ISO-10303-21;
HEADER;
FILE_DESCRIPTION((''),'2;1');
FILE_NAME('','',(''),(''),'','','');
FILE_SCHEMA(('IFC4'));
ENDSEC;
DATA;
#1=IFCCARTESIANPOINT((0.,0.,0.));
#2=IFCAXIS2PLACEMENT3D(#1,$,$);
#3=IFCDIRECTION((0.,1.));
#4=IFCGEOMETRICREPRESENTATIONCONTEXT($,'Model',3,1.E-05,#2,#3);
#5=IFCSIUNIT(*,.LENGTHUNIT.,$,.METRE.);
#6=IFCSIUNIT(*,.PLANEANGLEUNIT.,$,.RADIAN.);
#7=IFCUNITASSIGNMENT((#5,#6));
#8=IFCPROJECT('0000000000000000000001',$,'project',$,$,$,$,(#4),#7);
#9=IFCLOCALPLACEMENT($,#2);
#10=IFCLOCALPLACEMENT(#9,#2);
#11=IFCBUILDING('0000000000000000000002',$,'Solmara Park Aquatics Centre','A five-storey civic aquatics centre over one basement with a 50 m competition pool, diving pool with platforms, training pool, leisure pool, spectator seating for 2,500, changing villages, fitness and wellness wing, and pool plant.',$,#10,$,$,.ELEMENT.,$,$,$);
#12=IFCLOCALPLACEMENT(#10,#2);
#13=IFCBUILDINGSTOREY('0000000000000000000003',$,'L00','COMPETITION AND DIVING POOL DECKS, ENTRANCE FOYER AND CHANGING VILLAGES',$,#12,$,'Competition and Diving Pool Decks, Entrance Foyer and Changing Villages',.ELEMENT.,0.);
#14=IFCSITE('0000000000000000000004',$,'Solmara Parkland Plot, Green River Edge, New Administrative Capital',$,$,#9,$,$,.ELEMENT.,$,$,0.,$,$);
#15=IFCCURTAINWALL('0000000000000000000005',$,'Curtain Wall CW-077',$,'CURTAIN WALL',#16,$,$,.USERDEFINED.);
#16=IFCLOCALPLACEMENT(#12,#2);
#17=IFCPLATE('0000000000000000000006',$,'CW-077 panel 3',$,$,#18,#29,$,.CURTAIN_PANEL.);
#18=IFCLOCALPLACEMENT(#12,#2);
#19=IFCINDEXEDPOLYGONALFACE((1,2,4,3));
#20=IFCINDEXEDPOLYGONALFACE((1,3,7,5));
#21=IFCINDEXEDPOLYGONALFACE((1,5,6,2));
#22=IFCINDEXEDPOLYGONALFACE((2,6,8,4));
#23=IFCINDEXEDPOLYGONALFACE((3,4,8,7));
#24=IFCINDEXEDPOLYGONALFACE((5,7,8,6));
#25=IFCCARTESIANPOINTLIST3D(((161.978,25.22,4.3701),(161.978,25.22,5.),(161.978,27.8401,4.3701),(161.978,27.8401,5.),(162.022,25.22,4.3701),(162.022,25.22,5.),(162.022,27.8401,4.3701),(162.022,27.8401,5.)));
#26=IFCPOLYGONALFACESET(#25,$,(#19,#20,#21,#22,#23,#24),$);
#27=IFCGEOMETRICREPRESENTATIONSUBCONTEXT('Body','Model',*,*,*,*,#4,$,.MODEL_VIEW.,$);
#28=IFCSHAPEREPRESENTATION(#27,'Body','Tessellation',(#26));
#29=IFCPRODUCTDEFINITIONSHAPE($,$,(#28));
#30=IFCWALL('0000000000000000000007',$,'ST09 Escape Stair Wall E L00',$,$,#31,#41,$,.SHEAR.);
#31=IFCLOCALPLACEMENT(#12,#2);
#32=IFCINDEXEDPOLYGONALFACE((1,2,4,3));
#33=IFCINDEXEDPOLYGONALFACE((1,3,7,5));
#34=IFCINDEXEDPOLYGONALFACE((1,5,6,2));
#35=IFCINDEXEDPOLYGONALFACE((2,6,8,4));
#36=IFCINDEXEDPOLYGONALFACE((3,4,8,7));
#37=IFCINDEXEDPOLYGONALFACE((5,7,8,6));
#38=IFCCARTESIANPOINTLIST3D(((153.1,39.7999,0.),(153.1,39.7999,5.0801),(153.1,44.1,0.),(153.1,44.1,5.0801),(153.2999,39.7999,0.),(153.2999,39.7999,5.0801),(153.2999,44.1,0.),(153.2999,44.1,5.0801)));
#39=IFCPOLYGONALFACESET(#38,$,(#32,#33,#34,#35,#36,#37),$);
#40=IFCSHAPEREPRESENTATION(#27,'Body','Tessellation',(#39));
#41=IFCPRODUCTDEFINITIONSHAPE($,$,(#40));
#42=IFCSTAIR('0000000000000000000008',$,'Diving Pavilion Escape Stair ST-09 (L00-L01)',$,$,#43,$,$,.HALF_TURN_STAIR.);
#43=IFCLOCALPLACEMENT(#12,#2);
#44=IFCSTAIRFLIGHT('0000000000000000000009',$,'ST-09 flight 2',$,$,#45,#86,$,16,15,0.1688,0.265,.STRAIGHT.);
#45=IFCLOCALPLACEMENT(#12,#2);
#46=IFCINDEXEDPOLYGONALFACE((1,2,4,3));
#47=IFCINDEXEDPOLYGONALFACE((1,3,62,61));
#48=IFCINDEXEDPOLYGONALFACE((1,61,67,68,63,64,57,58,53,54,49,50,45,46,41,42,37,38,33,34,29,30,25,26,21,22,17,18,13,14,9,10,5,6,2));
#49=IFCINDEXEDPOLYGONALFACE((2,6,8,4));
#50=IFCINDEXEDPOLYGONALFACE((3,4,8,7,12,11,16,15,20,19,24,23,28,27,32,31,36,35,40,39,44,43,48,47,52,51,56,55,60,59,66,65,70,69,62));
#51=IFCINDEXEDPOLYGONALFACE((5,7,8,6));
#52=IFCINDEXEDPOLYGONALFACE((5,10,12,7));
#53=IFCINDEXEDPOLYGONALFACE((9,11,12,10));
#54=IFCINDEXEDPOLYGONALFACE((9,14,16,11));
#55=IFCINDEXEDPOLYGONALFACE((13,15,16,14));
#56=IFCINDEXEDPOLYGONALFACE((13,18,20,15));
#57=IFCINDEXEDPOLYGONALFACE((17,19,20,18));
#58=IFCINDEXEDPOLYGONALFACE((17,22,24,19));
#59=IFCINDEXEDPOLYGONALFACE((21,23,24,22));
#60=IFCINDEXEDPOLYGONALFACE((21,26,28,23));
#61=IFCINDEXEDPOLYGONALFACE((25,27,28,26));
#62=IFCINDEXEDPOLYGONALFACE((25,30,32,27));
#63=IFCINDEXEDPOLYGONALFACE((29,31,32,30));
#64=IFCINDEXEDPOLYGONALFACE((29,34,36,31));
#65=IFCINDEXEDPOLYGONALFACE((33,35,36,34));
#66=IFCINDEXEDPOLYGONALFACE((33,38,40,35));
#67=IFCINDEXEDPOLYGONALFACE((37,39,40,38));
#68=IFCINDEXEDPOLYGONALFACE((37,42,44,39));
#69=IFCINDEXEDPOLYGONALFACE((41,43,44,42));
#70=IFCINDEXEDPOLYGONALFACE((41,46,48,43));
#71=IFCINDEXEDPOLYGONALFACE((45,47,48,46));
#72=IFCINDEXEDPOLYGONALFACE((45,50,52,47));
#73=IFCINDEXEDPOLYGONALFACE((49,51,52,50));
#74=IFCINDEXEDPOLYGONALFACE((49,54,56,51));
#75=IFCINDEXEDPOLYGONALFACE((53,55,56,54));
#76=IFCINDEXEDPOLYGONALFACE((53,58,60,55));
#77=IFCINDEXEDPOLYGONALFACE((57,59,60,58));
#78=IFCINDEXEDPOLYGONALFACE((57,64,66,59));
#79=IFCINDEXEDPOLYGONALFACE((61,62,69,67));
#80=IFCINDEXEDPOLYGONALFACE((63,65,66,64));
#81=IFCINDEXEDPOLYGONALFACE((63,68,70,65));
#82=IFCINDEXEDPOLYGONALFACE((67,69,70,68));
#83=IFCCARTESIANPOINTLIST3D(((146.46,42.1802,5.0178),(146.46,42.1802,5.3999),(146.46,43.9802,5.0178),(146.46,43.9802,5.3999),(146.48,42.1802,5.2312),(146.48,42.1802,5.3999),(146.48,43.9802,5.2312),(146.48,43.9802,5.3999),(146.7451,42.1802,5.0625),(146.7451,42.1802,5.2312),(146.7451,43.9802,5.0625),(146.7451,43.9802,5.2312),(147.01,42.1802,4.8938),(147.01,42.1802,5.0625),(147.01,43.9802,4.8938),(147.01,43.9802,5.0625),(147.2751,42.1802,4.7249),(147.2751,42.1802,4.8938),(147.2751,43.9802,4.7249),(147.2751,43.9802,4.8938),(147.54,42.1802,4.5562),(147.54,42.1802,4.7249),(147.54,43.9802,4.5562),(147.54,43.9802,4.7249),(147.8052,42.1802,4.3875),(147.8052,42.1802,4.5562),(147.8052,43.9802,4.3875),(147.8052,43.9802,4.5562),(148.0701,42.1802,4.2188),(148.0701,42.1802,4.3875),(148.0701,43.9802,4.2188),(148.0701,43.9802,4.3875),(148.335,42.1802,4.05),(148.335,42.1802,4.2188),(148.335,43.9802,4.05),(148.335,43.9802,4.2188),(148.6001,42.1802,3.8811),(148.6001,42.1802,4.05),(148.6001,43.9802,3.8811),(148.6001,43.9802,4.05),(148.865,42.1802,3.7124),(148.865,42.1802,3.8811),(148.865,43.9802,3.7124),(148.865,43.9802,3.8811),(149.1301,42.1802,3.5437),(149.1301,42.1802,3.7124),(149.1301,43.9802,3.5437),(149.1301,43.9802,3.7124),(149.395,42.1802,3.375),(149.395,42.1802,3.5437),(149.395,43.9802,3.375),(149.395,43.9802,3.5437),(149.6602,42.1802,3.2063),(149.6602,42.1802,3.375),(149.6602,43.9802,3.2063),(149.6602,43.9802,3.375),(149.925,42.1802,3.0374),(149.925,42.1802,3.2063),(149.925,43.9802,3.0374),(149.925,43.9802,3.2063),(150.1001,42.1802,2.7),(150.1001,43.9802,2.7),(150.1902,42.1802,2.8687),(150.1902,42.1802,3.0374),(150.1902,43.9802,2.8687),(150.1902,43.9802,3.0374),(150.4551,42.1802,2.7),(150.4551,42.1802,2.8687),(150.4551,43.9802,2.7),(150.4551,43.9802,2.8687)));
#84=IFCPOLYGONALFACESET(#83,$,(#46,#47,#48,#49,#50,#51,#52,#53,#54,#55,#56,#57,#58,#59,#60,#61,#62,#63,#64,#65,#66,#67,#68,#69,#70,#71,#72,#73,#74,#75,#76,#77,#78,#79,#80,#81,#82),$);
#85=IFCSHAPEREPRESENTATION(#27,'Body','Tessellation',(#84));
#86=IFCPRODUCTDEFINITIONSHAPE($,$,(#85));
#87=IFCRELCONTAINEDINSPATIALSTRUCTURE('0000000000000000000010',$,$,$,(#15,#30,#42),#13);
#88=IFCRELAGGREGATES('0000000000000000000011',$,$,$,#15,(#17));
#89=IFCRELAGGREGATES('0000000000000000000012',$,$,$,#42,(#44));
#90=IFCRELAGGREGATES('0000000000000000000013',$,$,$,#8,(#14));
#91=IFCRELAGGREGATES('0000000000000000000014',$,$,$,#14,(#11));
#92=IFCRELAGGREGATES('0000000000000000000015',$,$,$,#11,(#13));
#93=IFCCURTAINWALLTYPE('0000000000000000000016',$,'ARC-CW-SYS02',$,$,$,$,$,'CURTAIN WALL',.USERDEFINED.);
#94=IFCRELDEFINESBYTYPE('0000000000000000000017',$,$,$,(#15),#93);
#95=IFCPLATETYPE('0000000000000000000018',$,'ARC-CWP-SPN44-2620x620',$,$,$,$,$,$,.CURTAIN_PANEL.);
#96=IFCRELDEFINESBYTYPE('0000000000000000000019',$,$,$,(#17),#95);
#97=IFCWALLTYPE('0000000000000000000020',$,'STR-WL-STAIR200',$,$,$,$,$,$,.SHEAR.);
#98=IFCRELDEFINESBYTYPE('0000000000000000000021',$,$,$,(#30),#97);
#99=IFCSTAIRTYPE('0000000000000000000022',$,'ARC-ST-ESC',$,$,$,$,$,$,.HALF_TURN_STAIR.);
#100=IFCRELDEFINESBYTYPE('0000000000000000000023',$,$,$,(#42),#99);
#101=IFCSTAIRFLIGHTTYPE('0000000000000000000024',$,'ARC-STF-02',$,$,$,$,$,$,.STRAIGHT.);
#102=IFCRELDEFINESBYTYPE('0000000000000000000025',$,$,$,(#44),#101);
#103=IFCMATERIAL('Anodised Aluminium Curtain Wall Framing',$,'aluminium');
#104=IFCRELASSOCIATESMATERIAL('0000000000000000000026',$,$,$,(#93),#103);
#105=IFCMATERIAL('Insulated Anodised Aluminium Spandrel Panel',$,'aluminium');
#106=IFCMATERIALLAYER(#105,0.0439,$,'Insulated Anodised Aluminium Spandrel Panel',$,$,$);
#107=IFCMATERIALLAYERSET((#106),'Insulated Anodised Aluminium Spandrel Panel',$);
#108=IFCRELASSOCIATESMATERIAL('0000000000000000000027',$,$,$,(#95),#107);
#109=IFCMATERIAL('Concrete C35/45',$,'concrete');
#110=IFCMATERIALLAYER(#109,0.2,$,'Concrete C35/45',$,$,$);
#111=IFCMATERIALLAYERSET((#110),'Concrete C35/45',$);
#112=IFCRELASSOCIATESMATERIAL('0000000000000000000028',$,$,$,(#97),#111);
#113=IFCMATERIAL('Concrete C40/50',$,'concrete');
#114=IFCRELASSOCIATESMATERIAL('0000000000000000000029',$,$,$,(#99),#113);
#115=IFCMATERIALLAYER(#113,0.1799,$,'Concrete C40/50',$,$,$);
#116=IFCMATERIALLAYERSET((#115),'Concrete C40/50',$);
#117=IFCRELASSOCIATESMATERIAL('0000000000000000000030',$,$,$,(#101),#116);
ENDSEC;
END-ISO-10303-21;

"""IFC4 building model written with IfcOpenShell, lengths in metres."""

from ifc_helpers import new_model, si_unit, direction, frame, frame_2d, origin, origin_2d, place, context, subcontext, project, spatial, polyline, rectangle, outline, extrude, material, layer, layer_set, type_object, element, aggregate, save


model = new_model("IFC4")

# Units and contexts
model_context = context("Model", 3, precision=1e-05, world=origin(), true_north=direction((0.0, 1.0)))
body_context = subcontext(model_context, "Body", "Model", "MODEL_VIEW")
ifc_project = project(units=[si_unit("LENGTHUNIT", "METRE"), si_unit("PLANEANGLEUNIT", "RADIAN")], contexts=[model_context])

# Site, building, storey
site_placement = place(None, origin())
site = spatial("IfcSite", under=ifc_project, at=site_placement, Name="Solmara Parkland Plot, Green River Edge, New Administrative Capital", CompositionType="ELEMENT", RefElevation=0.0)
building_placement = place(site_placement, origin())
building = spatial("IfcBuilding", under=site, at=building_placement, Name="Solmara Park Aquatics Centre", Description="A five-storey civic aquatics centre over one basement with a 50 m competition pool, diving pool with platforms, training pool, leisure pool, spectator seating for 2,500, changing villages, fitness and wellness wing, and pool plant.", CompositionType="ELEMENT")
storey_placement = place(building_placement, origin())
storey = spatial("IfcBuildingStorey", under=building, at=storey_placement, Name="L00", Description="COMPETITION AND DIVING POOL DECKS, ENTRANCE FOYER AND CHANGING VILLAGES", LongName="Competition and Diving Pool Decks, Entrance Foyer and Changing Villages", CompositionType="ELEMENT", Elevation=0.0)

# Shared definitions
ifc_material_1 = material(Name="Concrete C40/50", Category="concrete")

# Curtain wall
ifc_material_2 = material(Name="Anodised Aluminium Curtain Wall Framing", Category="aluminium")
curtain_wall_type = type_object("IfcCurtainWallType", Name="ARC-CW-SYS02", ElementType="CURTAIN WALL", PredefinedType="USERDEFINED", material=ifc_material_2)
curtain_wall_1_placement = place(storey_placement, origin())
curtain_wall_1 = element("IfcCurtainWall", 1, at=curtain_wall_1_placement, inside=storey, type_object=curtain_wall_type, Name="Curtain Wall CW-077", ObjectType="CURTAIN WALL", PredefinedType="USERDEFINED")

# Plate
ifc_material_3 = material(Name="Insulated Anodised Aluminium Spandrel Panel", Category="aluminium")
ifc_layer_1 = layer(ifc_material_3, 0.0439, Name="Insulated Anodised Aluminium Spandrel Panel")
ifc_layer_set_1 = layer_set([ifc_layer_1], Name="Insulated Anodised Aluminium Spandrel Panel")
plate_type_1 = type_object("IfcPlateType", Name="ARC-CWP-SPN44-2620x620", PredefinedType="CURTAIN_PANEL", material=ifc_layer_set_1)
plate_1_placement = place(storey_placement, frame((162.0, 26.53, 4.3701), z_axis=(0.0, 0.0, 1.0), x_axis=(0.0, 1.0, 0.0)))
plate_1 = element("IfcPlate", 2, at=plate_1_placement, type_object=plate_type_1, Name="CW-077 panel 3", PredefinedType="CURTAIN_PANEL", context=body_context, shape_type="SweptSolid", body=[
    extrude(rectangle(XDim=2.6201, YDim=0.0439, at=origin_2d()), origin(), (0.0, 0.0, 1.0), 0.6299),
])
aggregate(curtain_wall_1, [plate_1])

# Wall
ifc_material_4 = material(Name="Concrete C35/45", Category="concrete")
ifc_layer_2 = layer(ifc_material_4, 0.2, Name="Concrete C35/45")
ifc_layer_set_2 = layer_set([ifc_layer_2], Name="Concrete C35/45")
wall_type = type_object("IfcWallType", Name="STR-WL-STAIR200", PredefinedType="SHEAR", material=ifc_layer_set_2)
wall_placement = place(storey_placement, frame((153.2, 39.8, 0.0), z_axis=(0.0, 0.0, 1.0), x_axis=(0.0, 1.0, 0.0)))
element("IfcWall", 3, at=wall_placement, inside=storey, type_object=wall_type, Name="ST09 Escape Stair Wall E L00", PredefinedType="SHEAR", context=body_context, shape_type="SweptSolid", body=[
    extrude(rectangle(XDim=4.3, YDim=0.2, at=frame_2d((2.1499, 0.0))), origin(), (0.0, 0.0, 1.0), 5.0801),
])

# Stair, stair flight
stair_type = type_object("IfcStairType", Name="ARC-ST-ESC", PredefinedType="HALF_TURN_STAIR", material=ifc_material_1)
stair_placement = place(storey_placement, origin())
stair = element("IfcStair", 4, at=stair_placement, inside=storey, type_object=stair_type, Name="Diving Pavilion Escape Stair ST-09 (L00-L01)", PredefinedType="HALF_TURN_STAIR")
ifc_layer_3 = layer(ifc_material_1, 0.1799, Name="Concrete C40/50")
ifc_layer_set_3 = layer_set([ifc_layer_3], Name="Concrete C40/50")
stair_flight_type = type_object("IfcStairFlightType", Name="ARC-STF-02", PredefinedType="STRAIGHT", material=ifc_layer_set_3)
stair_flight_placement = place(storey_placement, frame((150.4551, 43.0801, 2.7), z_axis=(0.0, 0.0, 1.0), x_axis=(-1.0, 0.0, 0.0)))
stair_flight = element("IfcStairFlight", 5, at=stair_flight_placement, type_object=stair_flight_type, Name="ST-09 flight 2", NumberOfRisers=16, NumberOfTreads=15, PredefinedType="STRAIGHT", RiserHeight=0.1688, TreadLength=0.265, context=body_context, shape_type="SweptSolid", body=[
    extrude(outline(polyline([(0.0, 0.0), (0.0, 0.1687), (0.2649, 0.1687), (0.2649, 0.3374), (0.53, 0.3374), (0.53, 0.5063), (0.7949, 0.5063), (0.7949, 0.675), (1.0601, 0.675), (1.0601, 0.8438), (1.325, 0.8438), (1.325, 1.0125), (1.5901, 1.0125), (1.5901, 1.1812), (1.855, 1.1812), (1.855, 1.3501), (2.1201, 1.3501), (2.1201, 1.5188), (2.385, 1.5188), (2.385, 1.6875), (2.6499, 1.6875), (2.6499, 1.8562), (2.915, 1.8562), (2.915, 2.0249), (3.1799, 2.0249), (3.1799, 2.1938), (3.4451, 2.1938), (3.4451, 2.3625), (3.71, 2.3625), (3.71, 2.5312), (3.9751, 2.5312), (3.9751, 2.7), (3.9951, 2.7), (3.9951, 2.3179), (0.355, 0.0), (0.0, 0.0)])), frame((0.0, 0.8999, 0.0), z_axis=(0.0, -1.0, 0.0), x_axis=(1.0, 0.0, 0.0)), (0.0, 0.0, 1.0), 1.8),
])
aggregate(stair, [stair_flight])

save(model, "model.ifc")
